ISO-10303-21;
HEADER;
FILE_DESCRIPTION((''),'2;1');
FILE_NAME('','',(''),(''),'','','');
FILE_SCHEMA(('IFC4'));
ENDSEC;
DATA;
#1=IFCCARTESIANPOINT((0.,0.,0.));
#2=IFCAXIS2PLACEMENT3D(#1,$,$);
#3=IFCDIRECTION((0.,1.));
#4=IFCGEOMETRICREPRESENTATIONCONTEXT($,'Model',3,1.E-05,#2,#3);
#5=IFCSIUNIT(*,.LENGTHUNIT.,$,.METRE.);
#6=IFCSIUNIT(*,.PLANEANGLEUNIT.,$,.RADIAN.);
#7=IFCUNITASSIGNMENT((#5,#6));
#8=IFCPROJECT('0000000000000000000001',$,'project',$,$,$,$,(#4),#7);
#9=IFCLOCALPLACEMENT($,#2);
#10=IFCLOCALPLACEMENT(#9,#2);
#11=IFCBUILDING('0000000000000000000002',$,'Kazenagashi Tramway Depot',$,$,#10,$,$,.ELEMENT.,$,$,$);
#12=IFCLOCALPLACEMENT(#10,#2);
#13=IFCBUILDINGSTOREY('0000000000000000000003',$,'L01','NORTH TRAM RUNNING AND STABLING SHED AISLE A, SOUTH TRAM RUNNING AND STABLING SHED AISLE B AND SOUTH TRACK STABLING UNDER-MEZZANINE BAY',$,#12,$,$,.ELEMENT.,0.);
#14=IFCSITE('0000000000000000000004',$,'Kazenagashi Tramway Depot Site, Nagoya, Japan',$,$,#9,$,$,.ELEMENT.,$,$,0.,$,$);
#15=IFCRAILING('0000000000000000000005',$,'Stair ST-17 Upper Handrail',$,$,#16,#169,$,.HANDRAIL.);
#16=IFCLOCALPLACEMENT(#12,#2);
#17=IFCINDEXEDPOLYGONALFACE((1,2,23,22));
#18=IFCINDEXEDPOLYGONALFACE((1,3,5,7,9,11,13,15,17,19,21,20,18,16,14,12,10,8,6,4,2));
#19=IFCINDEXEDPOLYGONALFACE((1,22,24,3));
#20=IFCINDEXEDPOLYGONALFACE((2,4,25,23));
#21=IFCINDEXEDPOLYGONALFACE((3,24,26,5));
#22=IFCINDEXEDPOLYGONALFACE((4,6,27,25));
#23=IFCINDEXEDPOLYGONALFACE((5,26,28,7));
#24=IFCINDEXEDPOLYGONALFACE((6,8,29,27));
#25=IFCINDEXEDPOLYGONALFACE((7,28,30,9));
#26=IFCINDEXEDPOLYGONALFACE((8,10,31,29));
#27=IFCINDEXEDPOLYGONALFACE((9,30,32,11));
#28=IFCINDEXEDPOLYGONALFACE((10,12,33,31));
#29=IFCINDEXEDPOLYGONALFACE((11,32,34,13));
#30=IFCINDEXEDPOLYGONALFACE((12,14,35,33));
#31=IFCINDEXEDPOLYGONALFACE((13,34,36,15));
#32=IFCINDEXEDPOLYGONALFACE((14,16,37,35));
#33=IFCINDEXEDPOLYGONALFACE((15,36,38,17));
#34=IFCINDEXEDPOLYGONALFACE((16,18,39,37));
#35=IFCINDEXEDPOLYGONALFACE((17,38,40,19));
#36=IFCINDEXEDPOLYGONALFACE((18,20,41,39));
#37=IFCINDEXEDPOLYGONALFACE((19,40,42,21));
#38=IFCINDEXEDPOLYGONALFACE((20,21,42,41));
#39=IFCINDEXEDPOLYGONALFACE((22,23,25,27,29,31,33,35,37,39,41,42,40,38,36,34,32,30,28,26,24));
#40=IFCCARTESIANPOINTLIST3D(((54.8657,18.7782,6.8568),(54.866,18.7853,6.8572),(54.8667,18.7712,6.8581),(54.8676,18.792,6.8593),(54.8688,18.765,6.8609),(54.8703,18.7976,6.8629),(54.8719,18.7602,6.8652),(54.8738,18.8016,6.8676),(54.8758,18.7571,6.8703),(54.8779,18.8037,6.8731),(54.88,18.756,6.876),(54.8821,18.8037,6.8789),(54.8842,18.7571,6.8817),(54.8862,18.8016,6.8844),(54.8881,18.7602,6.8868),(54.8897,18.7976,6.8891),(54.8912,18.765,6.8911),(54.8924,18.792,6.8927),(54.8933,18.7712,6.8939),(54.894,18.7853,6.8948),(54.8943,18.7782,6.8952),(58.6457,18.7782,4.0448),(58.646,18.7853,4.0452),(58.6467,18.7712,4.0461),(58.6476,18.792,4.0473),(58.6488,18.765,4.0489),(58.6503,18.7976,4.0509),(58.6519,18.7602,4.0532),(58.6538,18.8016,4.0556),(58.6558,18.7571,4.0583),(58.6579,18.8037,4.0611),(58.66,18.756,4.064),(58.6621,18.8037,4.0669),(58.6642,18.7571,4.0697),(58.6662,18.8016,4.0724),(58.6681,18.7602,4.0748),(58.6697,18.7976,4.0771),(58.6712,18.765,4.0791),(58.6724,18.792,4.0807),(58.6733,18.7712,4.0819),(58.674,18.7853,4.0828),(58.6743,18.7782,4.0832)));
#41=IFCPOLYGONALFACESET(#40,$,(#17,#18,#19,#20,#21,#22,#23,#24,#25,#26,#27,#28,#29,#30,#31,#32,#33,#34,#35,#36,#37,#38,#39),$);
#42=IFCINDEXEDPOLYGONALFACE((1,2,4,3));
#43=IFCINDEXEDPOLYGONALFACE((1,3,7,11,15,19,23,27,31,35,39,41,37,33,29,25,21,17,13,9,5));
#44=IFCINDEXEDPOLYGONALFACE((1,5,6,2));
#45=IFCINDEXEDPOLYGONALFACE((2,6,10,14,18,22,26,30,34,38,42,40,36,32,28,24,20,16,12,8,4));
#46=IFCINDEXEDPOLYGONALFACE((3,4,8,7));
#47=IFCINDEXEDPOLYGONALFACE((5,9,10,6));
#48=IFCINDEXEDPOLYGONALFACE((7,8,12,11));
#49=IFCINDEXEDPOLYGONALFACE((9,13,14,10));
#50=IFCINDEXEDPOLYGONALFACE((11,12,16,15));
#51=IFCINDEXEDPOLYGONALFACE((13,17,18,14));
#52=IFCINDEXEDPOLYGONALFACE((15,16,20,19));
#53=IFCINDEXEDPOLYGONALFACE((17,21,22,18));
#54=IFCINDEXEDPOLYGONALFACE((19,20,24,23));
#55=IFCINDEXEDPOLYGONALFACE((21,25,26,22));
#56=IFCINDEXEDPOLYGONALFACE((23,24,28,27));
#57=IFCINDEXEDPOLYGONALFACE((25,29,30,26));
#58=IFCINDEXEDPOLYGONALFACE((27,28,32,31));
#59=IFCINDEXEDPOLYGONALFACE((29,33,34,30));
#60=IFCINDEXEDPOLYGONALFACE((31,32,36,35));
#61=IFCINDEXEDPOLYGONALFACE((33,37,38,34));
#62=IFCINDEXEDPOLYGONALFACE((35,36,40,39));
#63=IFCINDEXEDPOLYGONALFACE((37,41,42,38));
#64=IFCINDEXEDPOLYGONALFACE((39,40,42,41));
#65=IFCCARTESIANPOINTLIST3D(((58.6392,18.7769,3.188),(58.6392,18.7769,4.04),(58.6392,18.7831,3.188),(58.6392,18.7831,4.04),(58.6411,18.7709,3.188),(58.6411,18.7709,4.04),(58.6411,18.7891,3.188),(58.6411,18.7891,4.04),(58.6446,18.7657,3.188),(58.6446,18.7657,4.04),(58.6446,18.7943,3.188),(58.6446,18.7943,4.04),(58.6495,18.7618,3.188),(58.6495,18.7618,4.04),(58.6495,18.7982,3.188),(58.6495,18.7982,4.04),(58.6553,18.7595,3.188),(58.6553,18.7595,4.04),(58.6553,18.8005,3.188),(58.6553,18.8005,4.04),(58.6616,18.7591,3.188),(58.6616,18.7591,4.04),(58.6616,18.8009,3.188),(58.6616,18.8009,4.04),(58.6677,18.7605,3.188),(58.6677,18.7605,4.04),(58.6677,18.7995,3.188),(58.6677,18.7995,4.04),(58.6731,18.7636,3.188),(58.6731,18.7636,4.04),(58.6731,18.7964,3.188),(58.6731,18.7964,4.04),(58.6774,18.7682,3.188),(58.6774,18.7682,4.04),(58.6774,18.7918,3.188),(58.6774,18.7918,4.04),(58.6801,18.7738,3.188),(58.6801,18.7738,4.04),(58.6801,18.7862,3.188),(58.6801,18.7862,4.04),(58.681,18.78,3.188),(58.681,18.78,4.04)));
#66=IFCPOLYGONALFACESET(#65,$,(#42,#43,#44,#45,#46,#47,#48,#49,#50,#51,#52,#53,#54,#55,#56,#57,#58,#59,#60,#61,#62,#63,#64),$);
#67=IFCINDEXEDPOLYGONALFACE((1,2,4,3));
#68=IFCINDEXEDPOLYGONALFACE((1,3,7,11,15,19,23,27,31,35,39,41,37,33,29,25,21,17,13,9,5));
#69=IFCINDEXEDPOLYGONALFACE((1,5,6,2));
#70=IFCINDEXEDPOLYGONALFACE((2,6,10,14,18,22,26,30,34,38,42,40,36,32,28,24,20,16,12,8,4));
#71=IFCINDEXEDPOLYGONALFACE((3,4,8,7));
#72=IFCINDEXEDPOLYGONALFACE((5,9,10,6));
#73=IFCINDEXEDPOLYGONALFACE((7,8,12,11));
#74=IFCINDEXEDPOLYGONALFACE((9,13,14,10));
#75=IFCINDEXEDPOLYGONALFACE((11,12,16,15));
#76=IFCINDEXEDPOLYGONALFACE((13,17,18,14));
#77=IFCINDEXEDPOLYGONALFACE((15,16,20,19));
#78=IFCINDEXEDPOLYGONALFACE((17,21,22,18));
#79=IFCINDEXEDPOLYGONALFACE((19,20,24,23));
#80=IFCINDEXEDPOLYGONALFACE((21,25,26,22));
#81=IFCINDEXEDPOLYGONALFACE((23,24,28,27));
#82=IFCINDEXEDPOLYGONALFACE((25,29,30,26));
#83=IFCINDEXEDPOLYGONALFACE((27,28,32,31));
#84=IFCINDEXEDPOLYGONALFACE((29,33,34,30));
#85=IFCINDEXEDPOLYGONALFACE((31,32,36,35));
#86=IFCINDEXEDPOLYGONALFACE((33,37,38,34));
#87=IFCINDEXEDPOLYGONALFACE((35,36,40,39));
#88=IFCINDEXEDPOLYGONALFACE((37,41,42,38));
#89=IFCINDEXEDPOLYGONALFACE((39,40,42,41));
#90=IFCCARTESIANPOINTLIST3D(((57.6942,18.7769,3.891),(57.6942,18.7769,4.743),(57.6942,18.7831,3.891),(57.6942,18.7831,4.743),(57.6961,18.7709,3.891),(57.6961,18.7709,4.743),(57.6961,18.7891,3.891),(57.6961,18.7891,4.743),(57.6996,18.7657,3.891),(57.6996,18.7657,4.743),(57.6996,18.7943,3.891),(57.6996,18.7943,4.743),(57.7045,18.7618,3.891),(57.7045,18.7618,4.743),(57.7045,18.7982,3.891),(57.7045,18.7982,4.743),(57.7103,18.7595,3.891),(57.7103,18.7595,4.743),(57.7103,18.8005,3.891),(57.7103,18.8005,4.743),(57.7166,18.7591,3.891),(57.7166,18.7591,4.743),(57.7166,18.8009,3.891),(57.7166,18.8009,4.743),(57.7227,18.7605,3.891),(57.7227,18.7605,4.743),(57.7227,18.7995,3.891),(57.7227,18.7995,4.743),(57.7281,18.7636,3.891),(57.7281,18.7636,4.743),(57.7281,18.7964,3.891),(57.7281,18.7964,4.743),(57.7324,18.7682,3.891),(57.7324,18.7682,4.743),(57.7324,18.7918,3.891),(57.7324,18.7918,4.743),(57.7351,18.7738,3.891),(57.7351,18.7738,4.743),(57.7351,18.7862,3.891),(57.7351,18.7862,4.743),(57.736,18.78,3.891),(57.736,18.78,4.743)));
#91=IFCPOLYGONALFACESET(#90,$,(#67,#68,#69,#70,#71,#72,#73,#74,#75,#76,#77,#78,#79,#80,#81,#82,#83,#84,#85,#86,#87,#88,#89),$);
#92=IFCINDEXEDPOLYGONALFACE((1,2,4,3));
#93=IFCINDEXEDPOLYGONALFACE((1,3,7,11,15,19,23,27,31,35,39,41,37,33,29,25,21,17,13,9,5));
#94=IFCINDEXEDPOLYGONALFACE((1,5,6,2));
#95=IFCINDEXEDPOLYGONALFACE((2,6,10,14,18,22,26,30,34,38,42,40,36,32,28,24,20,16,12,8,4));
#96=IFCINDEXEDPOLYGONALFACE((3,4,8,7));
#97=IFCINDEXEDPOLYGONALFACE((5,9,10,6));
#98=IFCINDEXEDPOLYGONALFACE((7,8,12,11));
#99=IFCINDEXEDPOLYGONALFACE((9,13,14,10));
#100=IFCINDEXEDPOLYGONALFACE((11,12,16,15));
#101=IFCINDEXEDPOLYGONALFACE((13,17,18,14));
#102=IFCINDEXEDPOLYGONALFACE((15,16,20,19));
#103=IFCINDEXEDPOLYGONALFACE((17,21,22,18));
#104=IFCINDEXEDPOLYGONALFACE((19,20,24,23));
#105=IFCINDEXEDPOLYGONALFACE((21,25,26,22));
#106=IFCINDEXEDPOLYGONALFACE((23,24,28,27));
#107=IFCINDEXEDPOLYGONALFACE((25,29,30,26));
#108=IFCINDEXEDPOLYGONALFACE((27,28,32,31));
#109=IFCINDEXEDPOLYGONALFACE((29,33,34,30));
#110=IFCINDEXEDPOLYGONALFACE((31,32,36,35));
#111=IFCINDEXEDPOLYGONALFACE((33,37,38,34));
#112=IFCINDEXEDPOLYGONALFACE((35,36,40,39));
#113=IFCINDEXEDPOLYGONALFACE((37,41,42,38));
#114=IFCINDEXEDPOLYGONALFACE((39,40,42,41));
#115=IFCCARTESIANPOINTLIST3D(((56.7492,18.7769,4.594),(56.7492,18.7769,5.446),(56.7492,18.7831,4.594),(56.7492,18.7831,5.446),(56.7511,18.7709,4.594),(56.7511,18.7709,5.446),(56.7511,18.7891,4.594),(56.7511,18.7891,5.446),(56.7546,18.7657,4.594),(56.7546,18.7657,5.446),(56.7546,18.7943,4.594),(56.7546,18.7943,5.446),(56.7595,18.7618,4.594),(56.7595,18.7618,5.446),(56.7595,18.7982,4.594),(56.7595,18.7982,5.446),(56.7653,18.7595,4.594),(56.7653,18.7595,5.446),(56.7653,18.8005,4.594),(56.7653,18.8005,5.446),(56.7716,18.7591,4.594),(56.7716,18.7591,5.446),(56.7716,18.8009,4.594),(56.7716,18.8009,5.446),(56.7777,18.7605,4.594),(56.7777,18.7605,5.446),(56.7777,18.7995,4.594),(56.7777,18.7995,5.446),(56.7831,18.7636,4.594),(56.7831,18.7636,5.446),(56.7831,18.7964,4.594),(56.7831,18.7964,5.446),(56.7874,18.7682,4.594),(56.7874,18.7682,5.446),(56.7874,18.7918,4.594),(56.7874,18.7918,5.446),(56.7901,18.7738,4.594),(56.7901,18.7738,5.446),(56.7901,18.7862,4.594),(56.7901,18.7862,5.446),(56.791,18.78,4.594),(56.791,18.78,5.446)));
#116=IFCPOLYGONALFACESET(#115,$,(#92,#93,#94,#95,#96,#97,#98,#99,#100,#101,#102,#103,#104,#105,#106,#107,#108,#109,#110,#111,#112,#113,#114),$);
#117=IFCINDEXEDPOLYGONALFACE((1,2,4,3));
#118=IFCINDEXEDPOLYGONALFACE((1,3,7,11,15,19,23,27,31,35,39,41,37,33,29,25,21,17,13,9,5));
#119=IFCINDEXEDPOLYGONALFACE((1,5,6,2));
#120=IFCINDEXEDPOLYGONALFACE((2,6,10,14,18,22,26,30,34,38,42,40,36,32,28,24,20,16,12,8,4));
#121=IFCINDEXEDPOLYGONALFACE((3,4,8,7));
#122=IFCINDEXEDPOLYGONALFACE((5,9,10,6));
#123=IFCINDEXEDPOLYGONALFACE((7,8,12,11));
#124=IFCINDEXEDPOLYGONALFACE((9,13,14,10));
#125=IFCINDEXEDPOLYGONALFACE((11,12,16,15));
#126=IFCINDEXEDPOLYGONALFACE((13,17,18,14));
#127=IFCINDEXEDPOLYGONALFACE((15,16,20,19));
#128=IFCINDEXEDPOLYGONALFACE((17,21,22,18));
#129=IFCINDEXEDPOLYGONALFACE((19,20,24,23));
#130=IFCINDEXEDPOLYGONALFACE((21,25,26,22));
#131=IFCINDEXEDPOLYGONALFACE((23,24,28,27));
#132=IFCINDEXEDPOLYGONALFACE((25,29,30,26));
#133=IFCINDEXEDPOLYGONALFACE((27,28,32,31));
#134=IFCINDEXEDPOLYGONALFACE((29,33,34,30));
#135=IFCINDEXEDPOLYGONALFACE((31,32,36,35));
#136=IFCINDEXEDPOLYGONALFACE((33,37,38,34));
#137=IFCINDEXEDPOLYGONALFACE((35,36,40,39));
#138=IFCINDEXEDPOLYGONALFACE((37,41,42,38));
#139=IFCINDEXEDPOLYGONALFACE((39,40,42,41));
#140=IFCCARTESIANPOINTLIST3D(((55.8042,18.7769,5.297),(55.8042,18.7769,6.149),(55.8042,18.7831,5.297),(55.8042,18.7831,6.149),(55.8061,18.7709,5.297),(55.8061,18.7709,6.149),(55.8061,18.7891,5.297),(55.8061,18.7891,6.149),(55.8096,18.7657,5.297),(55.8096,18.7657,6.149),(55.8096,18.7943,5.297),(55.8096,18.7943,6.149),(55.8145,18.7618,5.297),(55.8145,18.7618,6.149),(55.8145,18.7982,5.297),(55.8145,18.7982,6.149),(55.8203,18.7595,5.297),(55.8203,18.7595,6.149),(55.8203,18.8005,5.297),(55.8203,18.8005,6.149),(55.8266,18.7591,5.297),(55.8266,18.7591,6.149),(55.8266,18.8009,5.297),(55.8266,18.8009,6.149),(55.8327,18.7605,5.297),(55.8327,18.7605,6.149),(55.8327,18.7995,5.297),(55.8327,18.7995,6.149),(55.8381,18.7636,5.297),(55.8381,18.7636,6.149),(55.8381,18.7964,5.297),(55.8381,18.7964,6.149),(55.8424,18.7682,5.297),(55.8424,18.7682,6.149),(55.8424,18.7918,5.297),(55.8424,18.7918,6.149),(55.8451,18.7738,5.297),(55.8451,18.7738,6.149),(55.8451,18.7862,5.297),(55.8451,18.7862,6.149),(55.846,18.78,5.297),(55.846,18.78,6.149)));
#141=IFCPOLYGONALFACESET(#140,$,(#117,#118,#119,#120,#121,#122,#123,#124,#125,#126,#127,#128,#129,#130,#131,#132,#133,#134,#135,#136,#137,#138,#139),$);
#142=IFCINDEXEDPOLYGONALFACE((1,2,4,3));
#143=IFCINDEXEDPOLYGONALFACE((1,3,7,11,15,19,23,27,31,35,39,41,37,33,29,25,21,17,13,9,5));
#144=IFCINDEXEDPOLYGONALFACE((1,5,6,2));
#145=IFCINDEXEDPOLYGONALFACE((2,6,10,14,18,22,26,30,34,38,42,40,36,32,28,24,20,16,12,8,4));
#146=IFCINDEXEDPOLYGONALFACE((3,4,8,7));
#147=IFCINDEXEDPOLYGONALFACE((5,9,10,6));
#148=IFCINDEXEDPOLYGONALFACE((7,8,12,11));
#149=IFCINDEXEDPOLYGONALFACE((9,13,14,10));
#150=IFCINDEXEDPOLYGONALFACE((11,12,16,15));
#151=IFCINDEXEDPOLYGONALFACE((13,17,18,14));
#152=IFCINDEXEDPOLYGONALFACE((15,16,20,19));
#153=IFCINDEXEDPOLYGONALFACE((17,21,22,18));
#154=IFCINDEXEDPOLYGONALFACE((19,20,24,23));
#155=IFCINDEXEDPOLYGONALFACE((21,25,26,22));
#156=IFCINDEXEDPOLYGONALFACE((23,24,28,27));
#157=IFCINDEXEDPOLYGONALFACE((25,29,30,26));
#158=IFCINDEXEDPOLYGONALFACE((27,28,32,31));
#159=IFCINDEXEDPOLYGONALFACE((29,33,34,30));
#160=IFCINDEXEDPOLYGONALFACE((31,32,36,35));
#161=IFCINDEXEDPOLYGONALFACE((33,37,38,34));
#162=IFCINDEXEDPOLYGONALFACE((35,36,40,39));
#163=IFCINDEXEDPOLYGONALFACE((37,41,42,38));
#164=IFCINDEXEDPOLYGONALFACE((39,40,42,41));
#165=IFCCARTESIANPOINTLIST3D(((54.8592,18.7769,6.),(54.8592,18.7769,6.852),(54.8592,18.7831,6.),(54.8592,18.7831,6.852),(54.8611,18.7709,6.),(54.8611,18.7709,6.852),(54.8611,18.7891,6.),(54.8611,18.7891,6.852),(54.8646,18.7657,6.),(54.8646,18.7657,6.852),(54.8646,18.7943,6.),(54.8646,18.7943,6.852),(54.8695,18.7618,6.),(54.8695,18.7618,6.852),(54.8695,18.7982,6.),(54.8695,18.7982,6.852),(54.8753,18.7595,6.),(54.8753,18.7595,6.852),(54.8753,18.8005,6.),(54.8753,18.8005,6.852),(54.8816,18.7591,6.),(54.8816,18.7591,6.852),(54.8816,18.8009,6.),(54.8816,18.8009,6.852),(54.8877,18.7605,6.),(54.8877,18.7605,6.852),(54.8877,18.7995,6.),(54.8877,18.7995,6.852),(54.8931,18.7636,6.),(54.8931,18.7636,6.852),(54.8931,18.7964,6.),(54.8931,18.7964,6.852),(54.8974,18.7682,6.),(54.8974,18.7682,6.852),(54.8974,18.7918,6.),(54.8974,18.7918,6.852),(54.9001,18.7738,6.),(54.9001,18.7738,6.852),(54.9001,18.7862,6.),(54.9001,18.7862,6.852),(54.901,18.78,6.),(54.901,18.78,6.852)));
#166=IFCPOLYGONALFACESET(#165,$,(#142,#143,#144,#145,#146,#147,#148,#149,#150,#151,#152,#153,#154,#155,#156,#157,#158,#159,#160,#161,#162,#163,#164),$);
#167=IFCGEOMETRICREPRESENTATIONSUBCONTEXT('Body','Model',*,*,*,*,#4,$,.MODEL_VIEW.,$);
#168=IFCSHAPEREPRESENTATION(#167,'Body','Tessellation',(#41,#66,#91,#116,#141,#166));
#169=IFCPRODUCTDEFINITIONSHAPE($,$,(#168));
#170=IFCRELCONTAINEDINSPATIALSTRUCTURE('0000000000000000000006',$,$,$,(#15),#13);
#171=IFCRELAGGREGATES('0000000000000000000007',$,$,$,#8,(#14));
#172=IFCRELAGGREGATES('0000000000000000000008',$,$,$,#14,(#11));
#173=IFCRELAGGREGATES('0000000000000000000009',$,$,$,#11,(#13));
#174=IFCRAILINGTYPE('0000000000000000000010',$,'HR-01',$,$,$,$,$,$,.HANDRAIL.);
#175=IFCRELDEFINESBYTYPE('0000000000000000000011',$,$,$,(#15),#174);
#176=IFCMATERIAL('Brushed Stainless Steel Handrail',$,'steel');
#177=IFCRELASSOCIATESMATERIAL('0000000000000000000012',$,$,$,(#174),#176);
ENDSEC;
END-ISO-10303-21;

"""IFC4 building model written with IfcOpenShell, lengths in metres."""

from ifc_helpers import new_model, si_unit, direction, frame, origin, origin_2d, place, context, subcontext, project, spatial, circle, extrude, material, type_object, element, save


model = new_model("IFC4")

# Units and contexts
model_context = context("Model", 3, precision=1e-05, world=origin(), true_north=direction((0.0, 1.0)))
body_context = subcontext(model_context, "Body", "Model", "MODEL_VIEW")
ifc_project = project(units=[si_unit("LENGTHUNIT", "METRE"), si_unit("PLANEANGLEUNIT", "RADIAN")], contexts=[model_context])

# Site, building, storey
site_placement = place(None, origin())
site = spatial("IfcSite", under=ifc_project, at=site_placement, Name="Kazenagashi Tramway Depot Site, Nagoya, Japan", CompositionType="ELEMENT", RefElevation=0.0)
building_placement = place(site_placement, origin())
building = spatial("IfcBuilding", under=site, at=building_placement, Name="Kazenagashi Tramway Depot", CompositionType="ELEMENT")
storey_placement = place(building_placement, origin())
storey = spatial("IfcBuildingStorey", under=building, at=storey_placement, Name="L01", Description="NORTH TRAM RUNNING AND STABLING SHED AISLE A, SOUTH TRAM RUNNING AND STABLING SHED AISLE B AND SOUTH TRACK STABLING UNDER-MEZZANINE BAY", CompositionType="ELEMENT", Elevation=0.0)

# Railing
ifc_material_1 = material(Name="Brushed Stainless Steel Handrail", Category="steel")
railing_type_1 = type_object("IfcRailingType", Name="HR-01", PredefinedType="HANDRAIL", material=ifc_material_1)
railing_1_placement = place(storey_placement, frame((58.66, 18.78, 3.188)))
element("IfcRailing", 1, at=railing_1_placement, inside=storey, type_object=railing_type_1, Name="Stair ST-17 Upper Handrail", PredefinedType="HANDRAIL", context=body_context, shape_type="SweptSolid", body=[
    extrude(circle(Radius=0.024, at=origin_2d()), frame((0.0, 0.0, 0.876), z_axis=(-0.802337, 0.0, 0.596871), x_axis=(0.0, -1.0, 0.0)), (0.0, 0.0, 1.0), 4.7112),
    extrude(circle(Radius=0.021, at=origin_2d()), origin(), (0.0, 0.0, 1.0), 0.852),
    extrude(circle(Radius=0.021, at=origin_2d()), frame((-0.945, 0.0, 0.703)), (0.0, 0.0, 1.0), 0.852),
    extrude(circle(Radius=0.021, at=origin_2d()), frame((-1.89, 0.0, 1.406)), (0.0, 0.0, 1.0), 0.852),
    extrude(circle(Radius=0.021, at=origin_2d()), frame((-2.835, 0.0, 2.109)), (0.0, 0.0, 1.0), 0.852),
    extrude(circle(Radius=0.021, at=origin_2d()), frame((-3.78, 0.0, 2.812)), (0.0, 0.0, 1.0), 0.852),
])

save(model, "model.ifc")
